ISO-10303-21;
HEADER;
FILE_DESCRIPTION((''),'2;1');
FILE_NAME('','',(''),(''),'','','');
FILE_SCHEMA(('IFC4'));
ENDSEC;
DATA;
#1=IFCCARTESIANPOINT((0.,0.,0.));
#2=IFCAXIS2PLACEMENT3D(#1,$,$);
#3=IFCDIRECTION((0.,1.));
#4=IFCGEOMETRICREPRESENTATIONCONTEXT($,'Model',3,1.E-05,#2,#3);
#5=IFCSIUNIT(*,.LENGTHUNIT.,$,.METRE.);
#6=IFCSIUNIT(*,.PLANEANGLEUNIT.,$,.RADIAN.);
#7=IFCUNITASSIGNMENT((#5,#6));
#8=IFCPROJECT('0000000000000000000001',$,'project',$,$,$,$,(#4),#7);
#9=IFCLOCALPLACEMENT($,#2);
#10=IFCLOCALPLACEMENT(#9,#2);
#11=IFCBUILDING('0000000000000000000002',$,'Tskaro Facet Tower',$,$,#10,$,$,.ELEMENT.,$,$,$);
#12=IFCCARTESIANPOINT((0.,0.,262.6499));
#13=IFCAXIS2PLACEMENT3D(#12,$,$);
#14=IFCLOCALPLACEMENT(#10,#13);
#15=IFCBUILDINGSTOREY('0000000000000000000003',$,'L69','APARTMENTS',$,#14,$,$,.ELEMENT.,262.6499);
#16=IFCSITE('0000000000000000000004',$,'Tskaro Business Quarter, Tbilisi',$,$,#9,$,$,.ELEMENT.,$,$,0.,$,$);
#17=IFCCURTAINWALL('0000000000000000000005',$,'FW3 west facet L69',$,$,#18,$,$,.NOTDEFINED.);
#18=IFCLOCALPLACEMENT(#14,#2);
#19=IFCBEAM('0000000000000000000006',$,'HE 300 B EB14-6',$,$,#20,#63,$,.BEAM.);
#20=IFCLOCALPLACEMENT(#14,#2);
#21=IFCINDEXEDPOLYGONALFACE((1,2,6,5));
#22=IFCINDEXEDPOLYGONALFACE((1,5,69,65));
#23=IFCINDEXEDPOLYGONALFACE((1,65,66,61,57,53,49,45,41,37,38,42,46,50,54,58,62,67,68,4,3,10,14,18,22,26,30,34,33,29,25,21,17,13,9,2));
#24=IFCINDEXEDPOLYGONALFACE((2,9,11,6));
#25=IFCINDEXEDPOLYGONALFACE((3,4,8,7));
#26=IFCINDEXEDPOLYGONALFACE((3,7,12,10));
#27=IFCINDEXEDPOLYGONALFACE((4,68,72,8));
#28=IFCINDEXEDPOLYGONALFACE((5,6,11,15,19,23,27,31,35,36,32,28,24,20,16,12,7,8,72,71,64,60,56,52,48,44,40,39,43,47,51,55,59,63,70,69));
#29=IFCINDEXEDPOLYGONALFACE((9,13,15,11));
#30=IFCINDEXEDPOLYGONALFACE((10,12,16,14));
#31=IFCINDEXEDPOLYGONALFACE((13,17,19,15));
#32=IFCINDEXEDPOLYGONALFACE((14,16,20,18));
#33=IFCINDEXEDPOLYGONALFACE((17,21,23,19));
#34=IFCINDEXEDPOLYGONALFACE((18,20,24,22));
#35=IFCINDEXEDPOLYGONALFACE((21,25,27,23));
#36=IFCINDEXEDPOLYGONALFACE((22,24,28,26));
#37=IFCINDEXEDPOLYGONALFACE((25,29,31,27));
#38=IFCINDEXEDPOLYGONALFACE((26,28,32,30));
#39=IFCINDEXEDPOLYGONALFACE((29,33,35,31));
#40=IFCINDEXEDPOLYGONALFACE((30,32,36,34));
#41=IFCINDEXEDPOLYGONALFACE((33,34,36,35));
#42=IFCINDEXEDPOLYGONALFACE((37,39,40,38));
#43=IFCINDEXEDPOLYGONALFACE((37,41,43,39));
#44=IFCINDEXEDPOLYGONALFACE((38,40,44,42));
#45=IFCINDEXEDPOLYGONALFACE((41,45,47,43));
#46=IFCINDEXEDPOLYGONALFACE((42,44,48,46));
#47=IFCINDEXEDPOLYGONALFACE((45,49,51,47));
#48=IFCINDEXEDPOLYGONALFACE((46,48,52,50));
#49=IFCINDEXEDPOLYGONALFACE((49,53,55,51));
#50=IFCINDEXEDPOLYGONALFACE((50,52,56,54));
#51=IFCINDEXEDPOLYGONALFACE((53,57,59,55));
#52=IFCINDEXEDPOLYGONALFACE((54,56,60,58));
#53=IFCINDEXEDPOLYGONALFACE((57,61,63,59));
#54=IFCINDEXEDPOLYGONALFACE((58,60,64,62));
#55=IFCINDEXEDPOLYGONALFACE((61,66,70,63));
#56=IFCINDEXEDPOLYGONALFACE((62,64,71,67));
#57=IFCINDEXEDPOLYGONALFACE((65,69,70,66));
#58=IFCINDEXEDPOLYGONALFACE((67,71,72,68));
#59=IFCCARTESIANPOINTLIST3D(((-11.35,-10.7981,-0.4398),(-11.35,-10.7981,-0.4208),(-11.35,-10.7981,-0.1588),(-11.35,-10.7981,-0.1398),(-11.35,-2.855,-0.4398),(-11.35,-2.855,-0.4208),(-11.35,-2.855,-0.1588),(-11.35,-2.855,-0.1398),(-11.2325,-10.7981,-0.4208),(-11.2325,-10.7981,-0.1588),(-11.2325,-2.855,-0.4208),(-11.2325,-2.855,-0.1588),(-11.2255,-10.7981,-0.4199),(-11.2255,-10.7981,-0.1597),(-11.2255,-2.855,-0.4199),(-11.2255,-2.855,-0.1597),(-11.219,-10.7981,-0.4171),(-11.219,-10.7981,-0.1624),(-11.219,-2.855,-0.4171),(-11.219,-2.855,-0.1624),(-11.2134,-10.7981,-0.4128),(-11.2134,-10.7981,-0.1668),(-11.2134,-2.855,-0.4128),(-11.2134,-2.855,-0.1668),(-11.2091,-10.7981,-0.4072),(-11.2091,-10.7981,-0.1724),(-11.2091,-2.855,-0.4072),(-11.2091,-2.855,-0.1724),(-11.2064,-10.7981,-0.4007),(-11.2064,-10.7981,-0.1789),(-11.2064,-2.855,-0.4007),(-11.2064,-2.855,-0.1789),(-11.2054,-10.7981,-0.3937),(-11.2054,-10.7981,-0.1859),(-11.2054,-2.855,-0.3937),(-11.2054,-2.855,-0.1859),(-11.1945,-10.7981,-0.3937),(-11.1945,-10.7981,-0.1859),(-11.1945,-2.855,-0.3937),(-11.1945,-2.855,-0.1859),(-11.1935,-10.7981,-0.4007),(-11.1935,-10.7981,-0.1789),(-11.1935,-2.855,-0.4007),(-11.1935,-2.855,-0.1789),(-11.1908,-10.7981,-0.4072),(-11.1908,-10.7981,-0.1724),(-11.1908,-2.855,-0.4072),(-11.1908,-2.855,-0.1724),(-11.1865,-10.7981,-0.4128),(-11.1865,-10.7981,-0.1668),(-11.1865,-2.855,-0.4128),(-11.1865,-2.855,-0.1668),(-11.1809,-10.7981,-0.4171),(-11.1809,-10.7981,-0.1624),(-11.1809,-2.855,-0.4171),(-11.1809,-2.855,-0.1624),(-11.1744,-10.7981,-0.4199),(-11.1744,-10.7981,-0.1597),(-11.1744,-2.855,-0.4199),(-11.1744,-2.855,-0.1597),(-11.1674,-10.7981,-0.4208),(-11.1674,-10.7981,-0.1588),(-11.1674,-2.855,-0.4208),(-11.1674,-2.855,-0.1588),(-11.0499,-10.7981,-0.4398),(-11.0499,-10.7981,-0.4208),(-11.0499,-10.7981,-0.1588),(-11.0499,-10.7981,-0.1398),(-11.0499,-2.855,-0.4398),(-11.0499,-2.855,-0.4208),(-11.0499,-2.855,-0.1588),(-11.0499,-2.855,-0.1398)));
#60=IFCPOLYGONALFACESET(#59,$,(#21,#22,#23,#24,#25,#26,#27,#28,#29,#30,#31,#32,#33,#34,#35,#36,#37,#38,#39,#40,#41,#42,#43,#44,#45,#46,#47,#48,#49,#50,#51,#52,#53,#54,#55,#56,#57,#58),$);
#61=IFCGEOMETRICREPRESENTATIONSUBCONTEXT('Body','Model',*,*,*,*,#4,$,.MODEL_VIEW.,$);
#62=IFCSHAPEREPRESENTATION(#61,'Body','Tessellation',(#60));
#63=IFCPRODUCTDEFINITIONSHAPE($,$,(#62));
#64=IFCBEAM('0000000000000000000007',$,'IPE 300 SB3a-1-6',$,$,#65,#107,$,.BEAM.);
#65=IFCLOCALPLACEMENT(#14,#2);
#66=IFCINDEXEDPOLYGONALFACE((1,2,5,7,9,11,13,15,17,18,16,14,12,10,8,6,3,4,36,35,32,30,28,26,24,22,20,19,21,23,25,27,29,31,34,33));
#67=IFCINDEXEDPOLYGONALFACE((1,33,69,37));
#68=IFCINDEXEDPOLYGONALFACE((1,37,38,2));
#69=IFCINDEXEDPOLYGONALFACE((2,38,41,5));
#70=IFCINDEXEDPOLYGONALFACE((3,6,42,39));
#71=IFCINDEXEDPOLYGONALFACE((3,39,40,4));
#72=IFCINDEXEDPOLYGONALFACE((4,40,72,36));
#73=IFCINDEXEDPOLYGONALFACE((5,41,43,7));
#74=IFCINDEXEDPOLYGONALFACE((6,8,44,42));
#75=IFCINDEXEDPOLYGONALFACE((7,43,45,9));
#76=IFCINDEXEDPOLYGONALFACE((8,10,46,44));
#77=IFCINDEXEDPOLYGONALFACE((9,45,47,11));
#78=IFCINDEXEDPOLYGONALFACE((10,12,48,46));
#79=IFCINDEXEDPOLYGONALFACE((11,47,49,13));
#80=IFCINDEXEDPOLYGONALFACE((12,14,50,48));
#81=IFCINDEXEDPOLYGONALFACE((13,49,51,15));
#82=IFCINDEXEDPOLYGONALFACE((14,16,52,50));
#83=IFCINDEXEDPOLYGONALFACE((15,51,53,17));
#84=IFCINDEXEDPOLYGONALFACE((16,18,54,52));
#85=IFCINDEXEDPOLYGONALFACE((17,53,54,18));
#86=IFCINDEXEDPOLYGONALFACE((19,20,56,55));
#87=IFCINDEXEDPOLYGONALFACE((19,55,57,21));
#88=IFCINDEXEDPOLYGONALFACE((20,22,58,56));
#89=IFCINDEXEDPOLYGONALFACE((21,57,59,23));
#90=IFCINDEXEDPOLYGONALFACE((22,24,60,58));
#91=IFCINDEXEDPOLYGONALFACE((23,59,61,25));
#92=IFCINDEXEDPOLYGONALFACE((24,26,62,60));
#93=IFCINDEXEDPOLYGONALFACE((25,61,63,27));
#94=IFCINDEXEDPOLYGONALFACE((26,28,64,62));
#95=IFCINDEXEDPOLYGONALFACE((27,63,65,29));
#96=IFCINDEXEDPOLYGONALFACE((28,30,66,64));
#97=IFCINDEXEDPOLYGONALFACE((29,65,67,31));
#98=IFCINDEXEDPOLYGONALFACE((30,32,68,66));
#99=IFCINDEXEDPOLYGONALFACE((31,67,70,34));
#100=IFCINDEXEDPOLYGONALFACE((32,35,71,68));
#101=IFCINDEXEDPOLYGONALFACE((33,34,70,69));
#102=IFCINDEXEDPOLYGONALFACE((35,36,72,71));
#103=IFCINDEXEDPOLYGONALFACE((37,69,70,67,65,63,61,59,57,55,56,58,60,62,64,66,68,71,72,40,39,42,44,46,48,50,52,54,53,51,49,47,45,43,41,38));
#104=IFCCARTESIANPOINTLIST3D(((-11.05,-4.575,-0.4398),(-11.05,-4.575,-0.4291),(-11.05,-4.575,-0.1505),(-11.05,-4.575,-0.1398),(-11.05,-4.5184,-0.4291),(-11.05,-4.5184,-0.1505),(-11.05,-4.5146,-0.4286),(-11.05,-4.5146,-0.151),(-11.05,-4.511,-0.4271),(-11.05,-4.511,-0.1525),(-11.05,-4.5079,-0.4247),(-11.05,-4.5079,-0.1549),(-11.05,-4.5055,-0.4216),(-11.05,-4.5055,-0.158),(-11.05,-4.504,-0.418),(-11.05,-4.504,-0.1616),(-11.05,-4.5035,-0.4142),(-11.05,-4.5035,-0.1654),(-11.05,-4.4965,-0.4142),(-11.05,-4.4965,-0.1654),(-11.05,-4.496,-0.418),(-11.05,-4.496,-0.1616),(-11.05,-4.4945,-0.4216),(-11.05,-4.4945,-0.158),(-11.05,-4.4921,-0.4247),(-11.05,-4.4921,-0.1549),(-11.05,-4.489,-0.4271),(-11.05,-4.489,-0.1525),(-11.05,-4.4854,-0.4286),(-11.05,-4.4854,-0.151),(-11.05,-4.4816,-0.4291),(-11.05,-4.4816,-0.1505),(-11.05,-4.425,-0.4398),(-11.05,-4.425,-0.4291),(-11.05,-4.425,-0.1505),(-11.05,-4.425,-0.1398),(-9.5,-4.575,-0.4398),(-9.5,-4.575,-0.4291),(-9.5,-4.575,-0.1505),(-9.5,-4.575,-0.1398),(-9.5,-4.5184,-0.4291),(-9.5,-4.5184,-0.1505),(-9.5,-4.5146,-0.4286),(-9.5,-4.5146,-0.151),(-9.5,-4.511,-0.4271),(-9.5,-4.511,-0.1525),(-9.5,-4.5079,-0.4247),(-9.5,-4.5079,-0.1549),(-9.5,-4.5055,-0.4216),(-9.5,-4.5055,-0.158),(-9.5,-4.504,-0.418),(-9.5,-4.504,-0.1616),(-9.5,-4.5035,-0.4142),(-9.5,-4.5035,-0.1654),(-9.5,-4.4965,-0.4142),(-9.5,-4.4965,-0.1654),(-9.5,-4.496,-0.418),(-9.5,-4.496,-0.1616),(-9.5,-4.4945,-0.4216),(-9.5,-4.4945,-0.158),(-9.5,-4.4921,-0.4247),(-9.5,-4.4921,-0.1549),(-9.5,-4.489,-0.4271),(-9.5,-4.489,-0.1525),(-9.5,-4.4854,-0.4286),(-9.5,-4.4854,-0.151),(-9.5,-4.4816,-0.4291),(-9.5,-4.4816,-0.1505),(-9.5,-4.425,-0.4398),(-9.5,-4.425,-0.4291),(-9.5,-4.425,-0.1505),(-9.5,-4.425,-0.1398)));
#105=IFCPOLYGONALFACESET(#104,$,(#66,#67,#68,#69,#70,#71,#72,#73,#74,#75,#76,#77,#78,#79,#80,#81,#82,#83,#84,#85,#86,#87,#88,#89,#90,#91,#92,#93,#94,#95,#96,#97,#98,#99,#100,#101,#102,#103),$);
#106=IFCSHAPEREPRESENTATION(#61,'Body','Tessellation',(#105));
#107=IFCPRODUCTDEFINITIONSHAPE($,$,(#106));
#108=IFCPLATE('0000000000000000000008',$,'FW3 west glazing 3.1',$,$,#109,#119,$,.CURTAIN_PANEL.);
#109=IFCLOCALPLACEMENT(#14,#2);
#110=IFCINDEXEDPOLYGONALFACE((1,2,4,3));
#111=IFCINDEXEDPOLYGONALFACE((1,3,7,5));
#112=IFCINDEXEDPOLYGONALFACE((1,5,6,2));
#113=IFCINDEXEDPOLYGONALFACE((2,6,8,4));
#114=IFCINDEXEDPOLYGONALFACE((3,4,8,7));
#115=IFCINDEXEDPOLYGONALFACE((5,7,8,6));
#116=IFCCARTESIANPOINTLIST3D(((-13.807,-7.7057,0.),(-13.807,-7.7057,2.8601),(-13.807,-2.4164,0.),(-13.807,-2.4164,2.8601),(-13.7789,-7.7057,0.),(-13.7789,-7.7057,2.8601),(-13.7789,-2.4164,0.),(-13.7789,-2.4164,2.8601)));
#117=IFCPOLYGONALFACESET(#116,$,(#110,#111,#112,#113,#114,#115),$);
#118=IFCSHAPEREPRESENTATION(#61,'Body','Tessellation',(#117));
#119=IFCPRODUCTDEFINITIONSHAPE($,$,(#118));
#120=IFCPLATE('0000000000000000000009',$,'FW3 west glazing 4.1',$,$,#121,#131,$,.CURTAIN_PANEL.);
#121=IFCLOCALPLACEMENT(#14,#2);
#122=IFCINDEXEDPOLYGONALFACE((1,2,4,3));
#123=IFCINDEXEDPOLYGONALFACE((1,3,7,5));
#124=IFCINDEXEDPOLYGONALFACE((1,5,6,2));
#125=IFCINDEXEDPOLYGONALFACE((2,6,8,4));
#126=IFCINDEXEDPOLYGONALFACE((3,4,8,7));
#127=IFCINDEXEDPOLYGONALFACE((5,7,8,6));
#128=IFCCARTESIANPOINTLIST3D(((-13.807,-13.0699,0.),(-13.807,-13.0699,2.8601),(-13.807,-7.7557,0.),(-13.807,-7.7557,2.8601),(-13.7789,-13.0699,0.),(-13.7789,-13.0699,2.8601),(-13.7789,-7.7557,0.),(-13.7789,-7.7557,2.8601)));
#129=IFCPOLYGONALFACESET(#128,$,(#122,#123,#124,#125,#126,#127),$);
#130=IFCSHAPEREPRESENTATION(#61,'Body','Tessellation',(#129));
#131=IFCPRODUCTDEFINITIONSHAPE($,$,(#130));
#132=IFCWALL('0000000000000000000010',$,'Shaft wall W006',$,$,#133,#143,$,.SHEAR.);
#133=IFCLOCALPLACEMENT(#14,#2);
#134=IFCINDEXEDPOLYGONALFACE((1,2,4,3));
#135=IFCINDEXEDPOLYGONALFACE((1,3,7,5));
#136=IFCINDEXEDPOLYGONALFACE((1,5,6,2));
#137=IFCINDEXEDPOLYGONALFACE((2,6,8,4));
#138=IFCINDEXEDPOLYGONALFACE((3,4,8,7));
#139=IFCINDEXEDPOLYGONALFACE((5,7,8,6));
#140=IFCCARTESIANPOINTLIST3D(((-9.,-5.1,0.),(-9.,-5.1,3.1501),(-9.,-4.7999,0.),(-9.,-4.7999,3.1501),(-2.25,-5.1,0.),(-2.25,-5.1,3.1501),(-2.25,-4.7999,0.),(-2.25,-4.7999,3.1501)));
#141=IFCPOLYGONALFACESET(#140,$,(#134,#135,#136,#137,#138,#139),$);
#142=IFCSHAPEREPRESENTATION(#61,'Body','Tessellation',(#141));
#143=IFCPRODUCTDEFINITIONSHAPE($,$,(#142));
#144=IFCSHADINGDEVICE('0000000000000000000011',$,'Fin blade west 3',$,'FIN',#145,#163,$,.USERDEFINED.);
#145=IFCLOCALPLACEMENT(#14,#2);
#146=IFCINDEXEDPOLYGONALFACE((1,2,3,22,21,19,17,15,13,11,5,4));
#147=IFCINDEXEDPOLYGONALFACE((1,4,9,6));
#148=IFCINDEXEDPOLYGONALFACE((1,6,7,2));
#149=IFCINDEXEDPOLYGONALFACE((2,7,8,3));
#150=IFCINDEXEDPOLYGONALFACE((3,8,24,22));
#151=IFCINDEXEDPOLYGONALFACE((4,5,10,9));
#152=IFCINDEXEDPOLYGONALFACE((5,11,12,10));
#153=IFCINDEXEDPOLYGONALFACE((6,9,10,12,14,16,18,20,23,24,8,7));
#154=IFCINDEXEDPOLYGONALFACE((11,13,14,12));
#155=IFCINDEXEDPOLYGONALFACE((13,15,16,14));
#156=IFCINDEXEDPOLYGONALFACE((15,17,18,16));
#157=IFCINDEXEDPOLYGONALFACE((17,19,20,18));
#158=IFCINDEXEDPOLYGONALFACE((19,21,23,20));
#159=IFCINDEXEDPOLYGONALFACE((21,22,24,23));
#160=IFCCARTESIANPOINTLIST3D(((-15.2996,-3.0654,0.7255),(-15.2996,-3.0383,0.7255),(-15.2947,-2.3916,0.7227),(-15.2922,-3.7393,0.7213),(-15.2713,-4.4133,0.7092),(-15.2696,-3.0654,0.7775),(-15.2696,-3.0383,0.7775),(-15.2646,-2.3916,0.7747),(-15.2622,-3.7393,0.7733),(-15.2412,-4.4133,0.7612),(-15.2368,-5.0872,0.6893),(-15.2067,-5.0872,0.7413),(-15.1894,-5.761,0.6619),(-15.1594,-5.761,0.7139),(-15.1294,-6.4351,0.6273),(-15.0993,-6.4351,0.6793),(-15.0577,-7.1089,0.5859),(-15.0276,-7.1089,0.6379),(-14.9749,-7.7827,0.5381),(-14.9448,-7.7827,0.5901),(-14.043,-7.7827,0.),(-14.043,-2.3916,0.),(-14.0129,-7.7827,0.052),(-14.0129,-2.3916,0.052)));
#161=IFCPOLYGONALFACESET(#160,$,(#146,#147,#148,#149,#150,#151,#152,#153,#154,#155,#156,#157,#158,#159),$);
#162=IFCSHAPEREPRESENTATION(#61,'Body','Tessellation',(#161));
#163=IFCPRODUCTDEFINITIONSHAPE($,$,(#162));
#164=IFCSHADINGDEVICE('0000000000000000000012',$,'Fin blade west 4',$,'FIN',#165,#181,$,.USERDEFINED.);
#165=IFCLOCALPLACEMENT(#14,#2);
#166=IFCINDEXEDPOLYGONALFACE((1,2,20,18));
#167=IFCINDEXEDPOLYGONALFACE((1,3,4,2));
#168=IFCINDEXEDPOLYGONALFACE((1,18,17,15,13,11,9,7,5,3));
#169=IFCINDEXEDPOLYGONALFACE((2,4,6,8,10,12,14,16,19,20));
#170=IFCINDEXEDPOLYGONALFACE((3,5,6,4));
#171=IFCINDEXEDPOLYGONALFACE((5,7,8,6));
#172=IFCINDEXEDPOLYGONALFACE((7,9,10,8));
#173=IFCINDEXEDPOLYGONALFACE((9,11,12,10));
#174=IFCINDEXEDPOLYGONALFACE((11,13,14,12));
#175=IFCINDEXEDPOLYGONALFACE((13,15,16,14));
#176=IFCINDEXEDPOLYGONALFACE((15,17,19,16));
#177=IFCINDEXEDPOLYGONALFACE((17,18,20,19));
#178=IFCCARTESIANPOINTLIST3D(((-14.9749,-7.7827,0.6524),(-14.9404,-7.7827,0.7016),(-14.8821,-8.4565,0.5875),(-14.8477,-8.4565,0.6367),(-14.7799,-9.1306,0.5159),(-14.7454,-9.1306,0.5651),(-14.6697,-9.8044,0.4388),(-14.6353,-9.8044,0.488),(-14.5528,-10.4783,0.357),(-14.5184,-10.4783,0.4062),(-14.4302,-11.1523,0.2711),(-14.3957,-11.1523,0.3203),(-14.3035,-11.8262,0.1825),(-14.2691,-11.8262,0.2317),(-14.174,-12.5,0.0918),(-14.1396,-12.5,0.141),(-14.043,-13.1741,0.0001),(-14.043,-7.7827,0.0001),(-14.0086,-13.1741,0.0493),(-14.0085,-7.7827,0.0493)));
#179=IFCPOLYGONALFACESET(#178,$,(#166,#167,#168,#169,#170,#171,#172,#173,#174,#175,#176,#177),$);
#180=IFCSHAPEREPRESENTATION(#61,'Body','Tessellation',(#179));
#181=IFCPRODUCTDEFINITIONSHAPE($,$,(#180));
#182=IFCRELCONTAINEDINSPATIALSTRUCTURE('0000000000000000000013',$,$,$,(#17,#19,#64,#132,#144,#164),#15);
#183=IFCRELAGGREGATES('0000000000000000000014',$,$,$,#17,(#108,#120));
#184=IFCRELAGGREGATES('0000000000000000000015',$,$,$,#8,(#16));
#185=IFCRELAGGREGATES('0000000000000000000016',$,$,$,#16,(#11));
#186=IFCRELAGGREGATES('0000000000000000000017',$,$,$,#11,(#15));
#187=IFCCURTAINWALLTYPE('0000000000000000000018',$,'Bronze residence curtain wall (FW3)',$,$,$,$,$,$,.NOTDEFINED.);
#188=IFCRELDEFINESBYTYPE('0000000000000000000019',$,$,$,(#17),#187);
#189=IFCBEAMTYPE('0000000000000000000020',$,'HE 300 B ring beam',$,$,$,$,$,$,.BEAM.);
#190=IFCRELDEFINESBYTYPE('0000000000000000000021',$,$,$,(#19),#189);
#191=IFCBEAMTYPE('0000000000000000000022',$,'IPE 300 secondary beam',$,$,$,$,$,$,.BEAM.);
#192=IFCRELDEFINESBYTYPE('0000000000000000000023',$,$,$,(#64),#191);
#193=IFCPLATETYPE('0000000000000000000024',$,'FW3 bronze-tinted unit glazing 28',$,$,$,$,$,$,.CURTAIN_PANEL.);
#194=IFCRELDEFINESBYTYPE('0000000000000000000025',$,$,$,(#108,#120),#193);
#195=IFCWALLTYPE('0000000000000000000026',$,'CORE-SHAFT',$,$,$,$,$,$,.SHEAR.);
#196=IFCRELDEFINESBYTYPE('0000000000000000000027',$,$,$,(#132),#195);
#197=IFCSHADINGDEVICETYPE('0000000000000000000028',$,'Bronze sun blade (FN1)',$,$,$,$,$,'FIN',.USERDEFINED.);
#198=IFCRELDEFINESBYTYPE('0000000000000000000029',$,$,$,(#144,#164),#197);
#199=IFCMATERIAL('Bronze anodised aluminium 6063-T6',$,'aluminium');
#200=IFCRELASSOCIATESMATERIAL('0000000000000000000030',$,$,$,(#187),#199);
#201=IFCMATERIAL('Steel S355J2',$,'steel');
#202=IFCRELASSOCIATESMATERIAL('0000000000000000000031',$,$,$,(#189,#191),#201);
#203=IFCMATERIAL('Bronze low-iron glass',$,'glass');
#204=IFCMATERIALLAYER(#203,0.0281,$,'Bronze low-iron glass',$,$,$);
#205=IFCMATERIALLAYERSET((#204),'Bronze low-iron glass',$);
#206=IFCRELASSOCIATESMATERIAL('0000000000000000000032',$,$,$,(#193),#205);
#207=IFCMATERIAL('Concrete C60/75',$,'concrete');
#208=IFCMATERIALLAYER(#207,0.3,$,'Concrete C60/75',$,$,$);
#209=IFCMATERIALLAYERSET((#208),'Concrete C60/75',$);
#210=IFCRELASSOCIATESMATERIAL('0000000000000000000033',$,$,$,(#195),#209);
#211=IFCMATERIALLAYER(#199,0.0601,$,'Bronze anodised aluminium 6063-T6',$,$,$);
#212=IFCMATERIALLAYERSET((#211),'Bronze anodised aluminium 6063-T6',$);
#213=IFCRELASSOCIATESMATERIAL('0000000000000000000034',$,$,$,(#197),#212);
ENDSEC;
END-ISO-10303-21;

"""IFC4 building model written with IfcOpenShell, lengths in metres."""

from ifc_helpers import new_model, si_unit, direction, frame, frame_2d, origin, origin_2d, place, context, subcontext, project, spatial, polyline, rectangle, i_section, outline, extrude, material, layer, layer_set, material_profile, profile_set, type_object, element, aggregate, save


model = new_model("IFC4")

# Units and contexts
model_context = context("Model", 3, precision=1e-05, world=origin(), true_north=direction((0.0, 1.0)))
body_context = subcontext(model_context, "Body", "Model", "MODEL_VIEW")
ifc_project = project(units=[si_unit("LENGTHUNIT", "METRE"), si_unit("PLANEANGLEUNIT", "RADIAN")], contexts=[model_context])

# Site, building, storey
site_placement = place(None, origin())
site = spatial("IfcSite", under=ifc_project, at=site_placement, Name="Tskaro Business Quarter, Tbilisi", CompositionType="ELEMENT", RefElevation=0.0)
building_placement = place(site_placement, origin())
building = spatial("IfcBuilding", under=site, at=building_placement, Name="Tskaro Facet Tower", CompositionType="ELEMENT")
storey_placement = place(building_placement, frame((0.0, 0.0, 262.6499)))
storey = spatial("IfcBuildingStorey", under=building, at=storey_placement, Name="L69", Description="APARTMENTS", CompositionType="ELEMENT", Elevation=262.6499)

# Shared definitions
ifc_material_1 = material(Name="Steel S355J2", Category="steel")

# Curtain wall
ifc_material_2 = material(Name="Bronze anodised aluminium 6063-T6", Category="aluminium")
curtain_wall_type = type_object("IfcCurtainWallType", Name="Bronze residence curtain wall (FW3)", PredefinedType="NOTDEFINED", material=ifc_material_2)
curtain_wall_placement = place(storey_placement, origin())
curtain_wall = element("IfcCurtainWall", 1, at=curtain_wall_placement, inside=storey, type_object=curtain_wall_type, Name="FW3 west facet L69", PredefinedType="NOTDEFINED")

# Beams
ifc_material_profile_1 = material_profile(ifc_material_1, i_section(OverallWidth=0.3, OverallDepth=0.3, WebThickness=0.011, FlangeThickness=0.019, FilletRadius=0.0271, at=origin_2d()), Name="HE 300 B")
ifc_profile_set_1 = profile_set([ifc_material_profile_1], Name="Steel S355J2")
beam_type_1 = type_object("IfcBeamType", Name="HE 300 B ring beam", PredefinedType="BEAM", material=ifc_profile_set_1)
beam_1_placement = place(storey_placement, frame((-11.2, -2.855, -0.2898), z_axis=(0.0, -1.0, 0.0), x_axis=(1.0, 0.0, 0.0)))
element("IfcBeam", 2, at=beam_1_placement, inside=storey, type_object=beam_type_1, Name="HE 300 B EB14-6", PredefinedType="BEAM", context=body_context, shape_type="SweptSolid", body=[
    extrude(i_section(OverallWidth=0.3, OverallDepth=0.3, WebThickness=0.011, FlangeThickness=0.019, FilletRadius=0.0271, at=origin_2d()), origin(), (0.0, 0.0, 1.0), 7.9431),
])
ifc_material_profile_2 = material_profile(ifc_material_1, i_section(OverallWidth=0.1499, OverallDepth=0.3, WebThickness=0.0071, FlangeThickness=0.0107, FilletRadius=0.0149, at=origin_2d()), Name="IPE 300")
ifc_profile_set_2 = profile_set([ifc_material_profile_2], Name="Steel S355J2")
beam_type_2 = type_object("IfcBeamType", Name="IPE 300 secondary beam", PredefinedType="BEAM", material=ifc_profile_set_2)
beam_2_placement = place(storey_placement, frame((-11.05, -4.5, -0.2898), z_axis=(1.0, 0.0, 0.0), x_axis=(0.0, 1.0, 0.0)))
element("IfcBeam", 3, at=beam_2_placement, inside=storey, type_object=beam_type_2, Name="IPE 300 SB3a-1-6", PredefinedType="BEAM", context=body_context, shape_type="SweptSolid", body=[
    extrude(i_section(OverallWidth=0.1499, OverallDepth=0.3, WebThickness=0.0071, FlangeThickness=0.0107, FilletRadius=0.0149, at=origin_2d()), origin(), (0.0, 0.0, 1.0), 1.55),
])

# Plates
ifc_material_3 = material(Name="Bronze low-iron glass", Category="glass")
ifc_layer_1 = layer(ifc_material_3, 0.0281, Name="Bronze low-iron glass")
ifc_layer_set_1 = layer_set([ifc_layer_1], Name="Bronze low-iron glass")
plate_type = type_object("IfcPlateType", Name="FW3 bronze-tinted unit glazing 28", PredefinedType="CURTAIN_PANEL", material=ifc_layer_set_1)
plate_1_placement = place(storey_placement, frame((-13.793, -5.061, 0.0), z_axis=(0.0, 0.0, 1.0), x_axis=(0.0, -1.0, 0.0)))
plate_1 = element("IfcPlate", 4, at=plate_1_placement, type_object=plate_type, Name="FW3 west glazing 3.1", PredefinedType="CURTAIN_PANEL", context=body_context, shape_type="SweptSolid", body=[
    extrude(rectangle(XDim=5.2893, YDim=0.0281, at=origin_2d()), origin(), (0.0, 0.0, 1.0), 2.8601),
])
plate_2_placement = place(storey_placement, frame((-13.793, -10.4128, 0.0), z_axis=(0.0, 0.0, 1.0), x_axis=(0.0, -1.0, 0.0)))
plate_2 = element("IfcPlate", 5, at=plate_2_placement, type_object=plate_type, Name="FW3 west glazing 4.1", PredefinedType="CURTAIN_PANEL", context=body_context, shape_type="SweptSolid", body=[
    extrude(rectangle(XDim=5.3142, YDim=0.0281, at=origin_2d()), origin(), (0.0, 0.0, 1.0), 2.8601),
])
aggregate(curtain_wall, [plate_1, plate_2])

# Wall
ifc_material_4 = material(Name="Concrete C60/75", Category="concrete")
ifc_layer_2 = layer(ifc_material_4, 0.3, Name="Concrete C60/75")
ifc_layer_set_2 = layer_set([ifc_layer_2], Name="Concrete C60/75")
wall_type = type_object("IfcWallType", Name="CORE-SHAFT", PredefinedType="SHEAR", material=ifc_layer_set_2)
wall_placement = place(storey_placement, frame((-9.0, -4.95, 0.0), z_axis=(0.0, 0.0, 1.0), x_axis=(1.0, 0.0, 0.0)))
element("IfcWall", 6, at=wall_placement, inside=storey, type_object=wall_type, Name="Shaft wall W006", PredefinedType="SHEAR", context=body_context, shape_type="SweptSolid", body=[
    extrude(rectangle(XDim=6.75, YDim=0.3, at=frame_2d((3.375, 0.0))), origin(), (0.0, 0.0, 1.0), 3.1501),
])

# Shading devices
ifc_layer_3 = layer(ifc_material_2, 0.0601, Name="Bronze anodised aluminium 6063-T6")
ifc_layer_set_3 = layer_set([ifc_layer_3], Name="Bronze anodised aluminium 6063-T6")
shading_device_type = type_object("IfcShadingDeviceType", Name="Bronze sun blade (FN1)", ElementType="FIN", PredefinedType="USERDEFINED", material=ifc_layer_set_3)
shading_device_1_placement = place(storey_placement, frame((-14.0129, -2.3916, 0.052), z_axis=(0.500006, 0.000006, 0.866022), x_axis=(0.000003, -1.0, 0.000005)))
element("IfcShadingDevice", 7, at=shading_device_1_placement, inside=storey, type_object=shading_device_type, Name="Fin blade west 3", ObjectType="FIN", PredefinedType="USERDEFINED", context=body_context, shape_type="SweptSolid", body=[
    extrude(outline(polyline([(0.0, 0.0), (5.3911, 0.0), (5.3911, -1.0761), (4.7173, -1.1717), (4.0435, -1.2545), (3.3694, -1.3238), (2.6956, -1.3785), (2.0217, -1.4183), (1.3477, -1.4425), (0.6738, -1.451), (0.6467, -1.451), (0.0, -1.4453), (0.0, 0.0)])), origin(), (0.0, 0.0, -1.0), 0.0601),
])
shading_device_2_placement = place(storey_placement, frame((-14.0085, -7.7827, 0.0493), z_axis=(0.573464, -0.000004, 0.819231), x_axis=(-0.000003, -1.0, -0.000004)))
element("IfcShadingDevice", 8, at=shading_device_2_placement, inside=storey, type_object=shading_device_type, Name="Fin blade west 4", ObjectType="FIN", PredefinedType="USERDEFINED", context=body_context, shape_type="SweptSolid", body=[
    extrude(outline(polyline([(0.0, 0.0), (5.3914, 0.0), (4.7173, -0.1599), (4.0435, -0.318), (3.3696, -0.4726), (2.6956, -0.6223), (2.0217, -0.765), (1.3479, -0.8995), (0.6738, -1.0243), (0.0, -1.1375), (0.0, 0.0)])), origin(), (0.0, 0.0, -1.0), 0.0601),
])

save(model, "model.ifc")
